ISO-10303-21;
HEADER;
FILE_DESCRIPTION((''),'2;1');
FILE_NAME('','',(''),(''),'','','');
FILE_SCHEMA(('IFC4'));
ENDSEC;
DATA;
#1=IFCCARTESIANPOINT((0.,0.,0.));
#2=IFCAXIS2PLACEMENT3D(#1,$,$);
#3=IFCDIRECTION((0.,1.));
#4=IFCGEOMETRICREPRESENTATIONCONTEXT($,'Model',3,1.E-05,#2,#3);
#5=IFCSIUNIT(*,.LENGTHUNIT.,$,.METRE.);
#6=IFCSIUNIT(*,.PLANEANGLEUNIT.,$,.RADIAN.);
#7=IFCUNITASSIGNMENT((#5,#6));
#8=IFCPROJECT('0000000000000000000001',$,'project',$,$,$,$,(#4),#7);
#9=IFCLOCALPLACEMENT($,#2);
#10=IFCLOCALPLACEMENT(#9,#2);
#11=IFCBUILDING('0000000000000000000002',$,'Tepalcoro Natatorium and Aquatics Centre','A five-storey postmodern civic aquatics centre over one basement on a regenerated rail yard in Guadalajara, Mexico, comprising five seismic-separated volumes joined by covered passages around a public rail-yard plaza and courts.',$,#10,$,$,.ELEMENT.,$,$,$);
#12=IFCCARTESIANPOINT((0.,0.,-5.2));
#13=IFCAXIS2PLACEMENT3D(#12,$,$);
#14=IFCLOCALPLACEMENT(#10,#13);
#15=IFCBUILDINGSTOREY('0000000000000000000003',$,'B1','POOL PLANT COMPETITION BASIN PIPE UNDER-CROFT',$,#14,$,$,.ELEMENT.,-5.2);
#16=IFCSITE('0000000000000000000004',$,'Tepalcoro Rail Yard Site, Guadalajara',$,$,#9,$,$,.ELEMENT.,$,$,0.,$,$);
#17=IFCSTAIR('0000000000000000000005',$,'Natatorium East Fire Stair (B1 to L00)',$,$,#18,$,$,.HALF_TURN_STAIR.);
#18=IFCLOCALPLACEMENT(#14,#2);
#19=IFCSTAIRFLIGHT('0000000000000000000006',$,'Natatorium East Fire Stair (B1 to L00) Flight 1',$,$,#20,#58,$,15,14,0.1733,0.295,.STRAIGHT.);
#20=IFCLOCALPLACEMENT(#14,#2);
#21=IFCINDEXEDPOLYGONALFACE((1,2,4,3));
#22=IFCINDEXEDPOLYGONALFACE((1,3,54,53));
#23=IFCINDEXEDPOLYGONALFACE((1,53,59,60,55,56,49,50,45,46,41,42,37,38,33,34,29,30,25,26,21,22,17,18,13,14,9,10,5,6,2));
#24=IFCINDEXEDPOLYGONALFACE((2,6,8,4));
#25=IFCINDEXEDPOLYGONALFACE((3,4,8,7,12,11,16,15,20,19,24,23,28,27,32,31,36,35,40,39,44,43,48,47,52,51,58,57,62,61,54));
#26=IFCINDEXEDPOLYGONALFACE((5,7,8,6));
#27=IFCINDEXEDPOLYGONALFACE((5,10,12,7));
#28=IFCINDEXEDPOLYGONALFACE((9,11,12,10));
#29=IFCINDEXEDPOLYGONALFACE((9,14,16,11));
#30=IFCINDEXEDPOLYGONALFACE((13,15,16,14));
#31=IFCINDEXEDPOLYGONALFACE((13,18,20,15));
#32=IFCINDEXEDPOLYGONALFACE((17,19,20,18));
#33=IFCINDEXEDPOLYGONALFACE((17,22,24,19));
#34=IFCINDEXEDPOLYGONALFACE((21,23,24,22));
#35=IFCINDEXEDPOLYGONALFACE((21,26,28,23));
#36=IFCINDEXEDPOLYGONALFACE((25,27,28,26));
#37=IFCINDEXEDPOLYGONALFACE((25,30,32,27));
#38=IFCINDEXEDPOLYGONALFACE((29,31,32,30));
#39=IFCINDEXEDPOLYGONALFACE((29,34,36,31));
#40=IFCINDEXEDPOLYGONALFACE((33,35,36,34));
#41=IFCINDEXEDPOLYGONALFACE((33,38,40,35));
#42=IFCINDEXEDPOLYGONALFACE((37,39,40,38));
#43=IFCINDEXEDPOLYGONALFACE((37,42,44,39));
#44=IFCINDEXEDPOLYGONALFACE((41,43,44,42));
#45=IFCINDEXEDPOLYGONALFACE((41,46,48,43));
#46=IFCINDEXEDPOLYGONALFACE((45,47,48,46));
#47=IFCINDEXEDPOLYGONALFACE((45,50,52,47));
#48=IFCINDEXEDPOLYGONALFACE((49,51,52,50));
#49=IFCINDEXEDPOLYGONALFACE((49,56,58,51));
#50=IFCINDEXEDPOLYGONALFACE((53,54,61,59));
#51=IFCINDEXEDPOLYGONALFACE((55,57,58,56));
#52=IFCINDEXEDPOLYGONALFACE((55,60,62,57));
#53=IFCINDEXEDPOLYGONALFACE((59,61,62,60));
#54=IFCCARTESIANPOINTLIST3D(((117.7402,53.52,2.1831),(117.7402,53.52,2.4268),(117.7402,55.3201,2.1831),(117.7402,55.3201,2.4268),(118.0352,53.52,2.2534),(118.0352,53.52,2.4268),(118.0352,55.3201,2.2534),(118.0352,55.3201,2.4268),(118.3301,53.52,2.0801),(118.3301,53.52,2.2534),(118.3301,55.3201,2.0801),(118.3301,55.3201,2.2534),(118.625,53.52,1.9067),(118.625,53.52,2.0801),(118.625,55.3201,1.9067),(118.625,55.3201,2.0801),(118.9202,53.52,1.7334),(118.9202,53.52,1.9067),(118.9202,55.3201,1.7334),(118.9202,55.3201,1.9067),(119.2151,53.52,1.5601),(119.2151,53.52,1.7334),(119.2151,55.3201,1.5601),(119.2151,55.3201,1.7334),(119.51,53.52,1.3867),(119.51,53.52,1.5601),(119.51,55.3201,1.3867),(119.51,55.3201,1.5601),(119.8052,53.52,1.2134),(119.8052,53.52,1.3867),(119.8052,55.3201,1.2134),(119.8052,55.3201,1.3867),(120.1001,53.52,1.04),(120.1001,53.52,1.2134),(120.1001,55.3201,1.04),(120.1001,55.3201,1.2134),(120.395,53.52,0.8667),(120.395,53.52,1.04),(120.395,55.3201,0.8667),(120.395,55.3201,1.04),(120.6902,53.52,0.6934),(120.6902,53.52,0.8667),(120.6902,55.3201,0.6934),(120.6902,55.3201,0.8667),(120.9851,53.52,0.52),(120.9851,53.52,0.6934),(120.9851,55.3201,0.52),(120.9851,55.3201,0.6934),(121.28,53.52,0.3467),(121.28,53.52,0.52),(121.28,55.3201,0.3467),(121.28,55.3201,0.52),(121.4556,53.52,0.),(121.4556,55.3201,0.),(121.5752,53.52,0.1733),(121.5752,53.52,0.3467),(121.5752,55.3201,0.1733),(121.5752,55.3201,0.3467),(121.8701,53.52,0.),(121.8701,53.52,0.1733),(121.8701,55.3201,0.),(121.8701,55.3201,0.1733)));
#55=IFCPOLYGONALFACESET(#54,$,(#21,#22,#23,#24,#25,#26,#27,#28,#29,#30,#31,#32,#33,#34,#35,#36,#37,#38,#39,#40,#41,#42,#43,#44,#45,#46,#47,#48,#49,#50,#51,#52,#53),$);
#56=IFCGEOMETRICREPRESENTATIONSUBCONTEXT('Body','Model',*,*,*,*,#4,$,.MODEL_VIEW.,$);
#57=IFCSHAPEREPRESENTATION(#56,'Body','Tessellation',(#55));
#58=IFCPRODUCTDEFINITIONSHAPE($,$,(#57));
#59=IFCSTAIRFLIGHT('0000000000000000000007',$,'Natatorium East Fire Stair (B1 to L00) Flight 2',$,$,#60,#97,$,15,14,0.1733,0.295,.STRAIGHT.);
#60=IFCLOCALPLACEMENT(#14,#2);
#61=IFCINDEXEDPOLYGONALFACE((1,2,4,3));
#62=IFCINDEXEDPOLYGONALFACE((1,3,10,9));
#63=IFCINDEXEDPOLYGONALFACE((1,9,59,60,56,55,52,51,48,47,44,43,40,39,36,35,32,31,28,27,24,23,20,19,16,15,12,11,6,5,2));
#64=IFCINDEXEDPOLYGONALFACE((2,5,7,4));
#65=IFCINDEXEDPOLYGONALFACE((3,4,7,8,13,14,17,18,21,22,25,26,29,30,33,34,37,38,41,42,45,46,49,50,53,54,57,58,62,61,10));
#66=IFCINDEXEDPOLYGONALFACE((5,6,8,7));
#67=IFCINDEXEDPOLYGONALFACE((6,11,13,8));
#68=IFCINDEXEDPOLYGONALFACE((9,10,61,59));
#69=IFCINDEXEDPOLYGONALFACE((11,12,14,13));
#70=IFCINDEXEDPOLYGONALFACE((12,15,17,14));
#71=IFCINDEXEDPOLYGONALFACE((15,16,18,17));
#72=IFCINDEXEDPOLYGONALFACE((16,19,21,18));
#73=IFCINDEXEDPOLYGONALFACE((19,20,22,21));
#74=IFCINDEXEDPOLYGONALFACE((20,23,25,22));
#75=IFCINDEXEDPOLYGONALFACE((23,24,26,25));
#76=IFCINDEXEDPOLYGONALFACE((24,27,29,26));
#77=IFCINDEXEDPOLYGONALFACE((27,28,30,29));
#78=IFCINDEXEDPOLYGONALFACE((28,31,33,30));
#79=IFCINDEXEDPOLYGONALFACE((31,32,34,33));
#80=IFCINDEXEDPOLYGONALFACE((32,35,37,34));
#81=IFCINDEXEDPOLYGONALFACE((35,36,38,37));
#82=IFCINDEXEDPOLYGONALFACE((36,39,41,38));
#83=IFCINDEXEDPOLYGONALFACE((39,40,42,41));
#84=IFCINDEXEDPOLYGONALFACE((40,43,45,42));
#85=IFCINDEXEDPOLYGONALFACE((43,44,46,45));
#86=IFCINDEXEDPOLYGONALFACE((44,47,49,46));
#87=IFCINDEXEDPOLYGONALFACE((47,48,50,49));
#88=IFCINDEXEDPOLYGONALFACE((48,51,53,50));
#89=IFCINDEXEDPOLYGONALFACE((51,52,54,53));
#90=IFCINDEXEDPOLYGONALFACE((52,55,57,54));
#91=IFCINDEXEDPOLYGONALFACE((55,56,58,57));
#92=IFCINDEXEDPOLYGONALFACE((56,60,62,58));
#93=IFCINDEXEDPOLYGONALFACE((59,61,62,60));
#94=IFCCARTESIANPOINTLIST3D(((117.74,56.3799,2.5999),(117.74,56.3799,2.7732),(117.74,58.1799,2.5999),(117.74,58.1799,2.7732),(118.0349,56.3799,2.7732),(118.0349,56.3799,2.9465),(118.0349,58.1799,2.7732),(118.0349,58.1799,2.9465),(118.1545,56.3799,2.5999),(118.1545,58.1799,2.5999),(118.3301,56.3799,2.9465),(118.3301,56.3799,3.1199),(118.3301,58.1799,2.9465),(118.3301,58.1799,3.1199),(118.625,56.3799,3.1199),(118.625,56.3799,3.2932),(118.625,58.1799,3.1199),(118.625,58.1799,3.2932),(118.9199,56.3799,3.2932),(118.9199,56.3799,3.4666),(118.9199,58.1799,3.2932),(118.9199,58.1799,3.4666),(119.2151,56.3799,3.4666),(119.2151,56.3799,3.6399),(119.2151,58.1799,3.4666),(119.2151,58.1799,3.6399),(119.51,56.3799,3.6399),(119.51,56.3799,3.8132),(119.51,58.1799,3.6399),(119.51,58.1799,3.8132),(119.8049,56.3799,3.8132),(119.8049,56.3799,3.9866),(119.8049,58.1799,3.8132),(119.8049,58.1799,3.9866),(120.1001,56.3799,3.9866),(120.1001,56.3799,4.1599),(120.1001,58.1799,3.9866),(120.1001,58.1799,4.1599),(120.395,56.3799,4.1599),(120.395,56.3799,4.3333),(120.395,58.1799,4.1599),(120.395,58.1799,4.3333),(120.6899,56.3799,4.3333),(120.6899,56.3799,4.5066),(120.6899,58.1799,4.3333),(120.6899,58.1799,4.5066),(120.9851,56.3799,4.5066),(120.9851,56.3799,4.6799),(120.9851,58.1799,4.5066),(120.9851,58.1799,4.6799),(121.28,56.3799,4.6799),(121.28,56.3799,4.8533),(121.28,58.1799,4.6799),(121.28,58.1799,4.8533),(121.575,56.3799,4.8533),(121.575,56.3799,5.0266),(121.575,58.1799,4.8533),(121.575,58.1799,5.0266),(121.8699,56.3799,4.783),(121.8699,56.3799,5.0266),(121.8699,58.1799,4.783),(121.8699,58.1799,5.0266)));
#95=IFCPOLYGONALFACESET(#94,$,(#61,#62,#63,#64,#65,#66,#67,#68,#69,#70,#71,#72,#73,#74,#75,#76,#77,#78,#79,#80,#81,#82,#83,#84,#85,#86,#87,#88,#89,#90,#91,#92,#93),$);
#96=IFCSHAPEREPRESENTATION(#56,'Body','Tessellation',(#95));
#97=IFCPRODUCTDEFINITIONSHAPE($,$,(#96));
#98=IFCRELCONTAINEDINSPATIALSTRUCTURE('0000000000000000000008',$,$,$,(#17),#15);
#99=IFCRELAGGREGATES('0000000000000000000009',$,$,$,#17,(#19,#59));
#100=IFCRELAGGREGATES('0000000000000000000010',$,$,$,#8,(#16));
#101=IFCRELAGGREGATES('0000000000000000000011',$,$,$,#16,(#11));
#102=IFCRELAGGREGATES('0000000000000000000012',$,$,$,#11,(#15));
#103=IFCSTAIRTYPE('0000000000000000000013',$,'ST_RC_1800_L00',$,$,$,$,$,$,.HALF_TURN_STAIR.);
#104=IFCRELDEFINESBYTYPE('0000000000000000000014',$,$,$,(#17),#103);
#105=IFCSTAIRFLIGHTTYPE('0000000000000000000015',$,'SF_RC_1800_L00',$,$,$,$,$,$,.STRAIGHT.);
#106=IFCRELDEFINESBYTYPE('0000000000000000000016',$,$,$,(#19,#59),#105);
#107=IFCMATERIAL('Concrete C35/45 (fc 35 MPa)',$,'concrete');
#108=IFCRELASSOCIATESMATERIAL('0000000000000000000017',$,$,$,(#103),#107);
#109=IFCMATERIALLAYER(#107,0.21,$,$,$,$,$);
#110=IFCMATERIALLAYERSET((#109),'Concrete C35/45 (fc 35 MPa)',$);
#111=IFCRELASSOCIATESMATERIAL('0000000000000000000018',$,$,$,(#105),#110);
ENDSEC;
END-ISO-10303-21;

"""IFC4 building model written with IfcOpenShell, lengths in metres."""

from ifc_helpers import new_model, si_unit, direction, frame, origin, place, context, subcontext, project, spatial, polyline, outline, extrude, material, layer, layer_set, type_object, element, aggregate, save


model = new_model("IFC4")

# Units and contexts
model_context = context("Model", 3, precision=1e-05, world=origin(), true_north=direction((0.0, 1.0)))
body_context = subcontext(model_context, "Body", "Model", "MODEL_VIEW")
ifc_project = project(units=[si_unit("LENGTHUNIT", "METRE"), si_unit("PLANEANGLEUNIT", "RADIAN")], contexts=[model_context])

# Site, building, storey
site_placement = place(None, origin())
site = spatial("IfcSite", under=ifc_project, at=site_placement, Name="Tepalcoro Rail Yard Site, Guadalajara", CompositionType="ELEMENT", RefElevation=0.0)
building_placement = place(site_placement, origin())
building = spatial("IfcBuilding", under=site, at=building_placement, Name="Tepalcoro Natatorium and Aquatics Centre", Description="A five-storey postmodern civic aquatics centre over one basement on a regenerated rail yard in Guadalajara, Mexico, comprising five seismic-separated volumes joined by covered passages around a public rail-yard plaza and courts.", CompositionType="ELEMENT")
storey_placement = place(building_placement, frame((0.0, 0.0, -5.2)))
storey = spatial("IfcBuildingStorey", under=building, at=storey_placement, Name="B1", Description="POOL PLANT COMPETITION BASIN PIPE UNDER-CROFT", CompositionType="ELEMENT", Elevation=-5.2)

# Stair, stair flights
ifc_material_1 = material(Name="Concrete C35/45 (fc 35 MPa)", Category="concrete")
stair_type = type_object("IfcStairType", Name="ST_RC_1800_L00", PredefinedType="HALF_TURN_STAIR", material=ifc_material_1)
stair_placement = place(storey_placement, origin())
stair = element("IfcStair", 1, at=stair_placement, inside=storey, type_object=stair_type, Name="Natatorium East Fire Stair (B1 to L00)", PredefinedType="HALF_TURN_STAIR")
ifc_layer_1 = layer(ifc_material_1, 0.21)
ifc_layer_set_1 = layer_set([ifc_layer_1], Name="Concrete C35/45 (fc 35 MPa)")
stair_flight_type = type_object("IfcStairFlightType", Name="SF_RC_1800_L00", PredefinedType="STRAIGHT", material=ifc_layer_set_1)
stair_flight_1_placement = place(storey_placement, frame((121.8701, 54.4199, 0.0), z_axis=(0.0, 0.0, 1.0), x_axis=(-1.0, 0.0, 0.0)))
stair_flight_1 = element("IfcStairFlight", 2, at=stair_flight_1_placement, type_object=stair_flight_type, Name="Natatorium East Fire Stair (B1 to L00) Flight 1", NumberOfRisers=15, NumberOfTreads=14, PredefinedType="STRAIGHT", RiserHeight=0.1733, TreadLength=0.295, context=body_context, shape_type="SweptSolid", body=[
    extrude(outline(polyline([(0.0, 0.0), (0.0, 0.1733), (0.2949, 0.1733), (0.2949, 0.3467), (0.5901, 0.3467), (0.5901, 0.52), (0.885, 0.52), (0.885, 0.6934), (1.1799, 0.6934), (1.1799, 0.8667), (1.4751, 0.8667), (1.4751, 1.04), (1.77, 1.04), (1.77, 1.2134), (2.0649, 1.2134), (2.0649, 1.3867), (2.3601, 1.3867), (2.3601, 1.5601), (2.655, 1.5601), (2.655, 1.7334), (2.95, 1.7334), (2.95, 1.9067), (3.2451, 1.9067), (3.2451, 2.0801), (3.54, 2.0801), (3.54, 2.2534), (3.835, 2.2534), (3.835, 2.4268), (4.1299, 2.4268), (4.1299, 2.6001), (4.1299, 2.1831), (0.4146, 0.0), (0.0, 0.0)])), frame((0.0, 0.8999, 0.0), z_axis=(0.0, -1.0, 0.0), x_axis=(1.0, 0.0, 0.0)), (0.0, 0.0, 1.0), 1.8),
])
stair_flight_2_placement = place(storey_placement, frame((117.74, 57.28, 2.5999), z_axis=(0.0, 0.0, 1.0), x_axis=(1.0, 0.0, 0.0)))
stair_flight_2 = element("IfcStairFlight", 3, at=stair_flight_2_placement, type_object=stair_flight_type, Name="Natatorium East Fire Stair (B1 to L00) Flight 2", NumberOfRisers=15, NumberOfTreads=14, PredefinedType="STRAIGHT", RiserHeight=0.1733, TreadLength=0.295, context=body_context, shape_type="SweptSolid", body=[
    extrude(outline(polyline([(0.0, 0.0), (0.0, 0.1733), (0.2949, 0.1733), (0.2949, 0.3467), (0.5901, 0.3467), (0.5901, 0.52), (0.885, 0.52), (0.885, 0.6934), (1.1799, 0.6934), (1.1799, 0.8667), (1.4751, 0.8667), (1.4751, 1.04), (1.77, 1.04), (1.77, 1.2134), (2.0649, 1.2134), (2.0649, 1.3867), (2.3601, 1.3867), (2.3601, 1.5601), (2.655, 1.5601), (2.655, 1.7334), (2.95, 1.7334), (2.95, 1.9067), (3.2451, 1.9067), (3.2451, 2.0801), (3.54, 2.0801), (3.54, 2.2534), (3.835, 2.2534), (3.835, 2.4268), (4.1299, 2.4268), (4.1299, 2.6001), (4.1299, 2.1831), (0.4146, 0.0), (0.0, 0.0)])), frame((0.0, 0.8999, 0.0), z_axis=(0.0, -1.0, 0.0), x_axis=(1.0, 0.0, 0.0)), (0.0, 0.0, 1.0), 1.8),
])
aggregate(stair, [stair_flight_1, stair_flight_2])

save(model, "model.ifc")
